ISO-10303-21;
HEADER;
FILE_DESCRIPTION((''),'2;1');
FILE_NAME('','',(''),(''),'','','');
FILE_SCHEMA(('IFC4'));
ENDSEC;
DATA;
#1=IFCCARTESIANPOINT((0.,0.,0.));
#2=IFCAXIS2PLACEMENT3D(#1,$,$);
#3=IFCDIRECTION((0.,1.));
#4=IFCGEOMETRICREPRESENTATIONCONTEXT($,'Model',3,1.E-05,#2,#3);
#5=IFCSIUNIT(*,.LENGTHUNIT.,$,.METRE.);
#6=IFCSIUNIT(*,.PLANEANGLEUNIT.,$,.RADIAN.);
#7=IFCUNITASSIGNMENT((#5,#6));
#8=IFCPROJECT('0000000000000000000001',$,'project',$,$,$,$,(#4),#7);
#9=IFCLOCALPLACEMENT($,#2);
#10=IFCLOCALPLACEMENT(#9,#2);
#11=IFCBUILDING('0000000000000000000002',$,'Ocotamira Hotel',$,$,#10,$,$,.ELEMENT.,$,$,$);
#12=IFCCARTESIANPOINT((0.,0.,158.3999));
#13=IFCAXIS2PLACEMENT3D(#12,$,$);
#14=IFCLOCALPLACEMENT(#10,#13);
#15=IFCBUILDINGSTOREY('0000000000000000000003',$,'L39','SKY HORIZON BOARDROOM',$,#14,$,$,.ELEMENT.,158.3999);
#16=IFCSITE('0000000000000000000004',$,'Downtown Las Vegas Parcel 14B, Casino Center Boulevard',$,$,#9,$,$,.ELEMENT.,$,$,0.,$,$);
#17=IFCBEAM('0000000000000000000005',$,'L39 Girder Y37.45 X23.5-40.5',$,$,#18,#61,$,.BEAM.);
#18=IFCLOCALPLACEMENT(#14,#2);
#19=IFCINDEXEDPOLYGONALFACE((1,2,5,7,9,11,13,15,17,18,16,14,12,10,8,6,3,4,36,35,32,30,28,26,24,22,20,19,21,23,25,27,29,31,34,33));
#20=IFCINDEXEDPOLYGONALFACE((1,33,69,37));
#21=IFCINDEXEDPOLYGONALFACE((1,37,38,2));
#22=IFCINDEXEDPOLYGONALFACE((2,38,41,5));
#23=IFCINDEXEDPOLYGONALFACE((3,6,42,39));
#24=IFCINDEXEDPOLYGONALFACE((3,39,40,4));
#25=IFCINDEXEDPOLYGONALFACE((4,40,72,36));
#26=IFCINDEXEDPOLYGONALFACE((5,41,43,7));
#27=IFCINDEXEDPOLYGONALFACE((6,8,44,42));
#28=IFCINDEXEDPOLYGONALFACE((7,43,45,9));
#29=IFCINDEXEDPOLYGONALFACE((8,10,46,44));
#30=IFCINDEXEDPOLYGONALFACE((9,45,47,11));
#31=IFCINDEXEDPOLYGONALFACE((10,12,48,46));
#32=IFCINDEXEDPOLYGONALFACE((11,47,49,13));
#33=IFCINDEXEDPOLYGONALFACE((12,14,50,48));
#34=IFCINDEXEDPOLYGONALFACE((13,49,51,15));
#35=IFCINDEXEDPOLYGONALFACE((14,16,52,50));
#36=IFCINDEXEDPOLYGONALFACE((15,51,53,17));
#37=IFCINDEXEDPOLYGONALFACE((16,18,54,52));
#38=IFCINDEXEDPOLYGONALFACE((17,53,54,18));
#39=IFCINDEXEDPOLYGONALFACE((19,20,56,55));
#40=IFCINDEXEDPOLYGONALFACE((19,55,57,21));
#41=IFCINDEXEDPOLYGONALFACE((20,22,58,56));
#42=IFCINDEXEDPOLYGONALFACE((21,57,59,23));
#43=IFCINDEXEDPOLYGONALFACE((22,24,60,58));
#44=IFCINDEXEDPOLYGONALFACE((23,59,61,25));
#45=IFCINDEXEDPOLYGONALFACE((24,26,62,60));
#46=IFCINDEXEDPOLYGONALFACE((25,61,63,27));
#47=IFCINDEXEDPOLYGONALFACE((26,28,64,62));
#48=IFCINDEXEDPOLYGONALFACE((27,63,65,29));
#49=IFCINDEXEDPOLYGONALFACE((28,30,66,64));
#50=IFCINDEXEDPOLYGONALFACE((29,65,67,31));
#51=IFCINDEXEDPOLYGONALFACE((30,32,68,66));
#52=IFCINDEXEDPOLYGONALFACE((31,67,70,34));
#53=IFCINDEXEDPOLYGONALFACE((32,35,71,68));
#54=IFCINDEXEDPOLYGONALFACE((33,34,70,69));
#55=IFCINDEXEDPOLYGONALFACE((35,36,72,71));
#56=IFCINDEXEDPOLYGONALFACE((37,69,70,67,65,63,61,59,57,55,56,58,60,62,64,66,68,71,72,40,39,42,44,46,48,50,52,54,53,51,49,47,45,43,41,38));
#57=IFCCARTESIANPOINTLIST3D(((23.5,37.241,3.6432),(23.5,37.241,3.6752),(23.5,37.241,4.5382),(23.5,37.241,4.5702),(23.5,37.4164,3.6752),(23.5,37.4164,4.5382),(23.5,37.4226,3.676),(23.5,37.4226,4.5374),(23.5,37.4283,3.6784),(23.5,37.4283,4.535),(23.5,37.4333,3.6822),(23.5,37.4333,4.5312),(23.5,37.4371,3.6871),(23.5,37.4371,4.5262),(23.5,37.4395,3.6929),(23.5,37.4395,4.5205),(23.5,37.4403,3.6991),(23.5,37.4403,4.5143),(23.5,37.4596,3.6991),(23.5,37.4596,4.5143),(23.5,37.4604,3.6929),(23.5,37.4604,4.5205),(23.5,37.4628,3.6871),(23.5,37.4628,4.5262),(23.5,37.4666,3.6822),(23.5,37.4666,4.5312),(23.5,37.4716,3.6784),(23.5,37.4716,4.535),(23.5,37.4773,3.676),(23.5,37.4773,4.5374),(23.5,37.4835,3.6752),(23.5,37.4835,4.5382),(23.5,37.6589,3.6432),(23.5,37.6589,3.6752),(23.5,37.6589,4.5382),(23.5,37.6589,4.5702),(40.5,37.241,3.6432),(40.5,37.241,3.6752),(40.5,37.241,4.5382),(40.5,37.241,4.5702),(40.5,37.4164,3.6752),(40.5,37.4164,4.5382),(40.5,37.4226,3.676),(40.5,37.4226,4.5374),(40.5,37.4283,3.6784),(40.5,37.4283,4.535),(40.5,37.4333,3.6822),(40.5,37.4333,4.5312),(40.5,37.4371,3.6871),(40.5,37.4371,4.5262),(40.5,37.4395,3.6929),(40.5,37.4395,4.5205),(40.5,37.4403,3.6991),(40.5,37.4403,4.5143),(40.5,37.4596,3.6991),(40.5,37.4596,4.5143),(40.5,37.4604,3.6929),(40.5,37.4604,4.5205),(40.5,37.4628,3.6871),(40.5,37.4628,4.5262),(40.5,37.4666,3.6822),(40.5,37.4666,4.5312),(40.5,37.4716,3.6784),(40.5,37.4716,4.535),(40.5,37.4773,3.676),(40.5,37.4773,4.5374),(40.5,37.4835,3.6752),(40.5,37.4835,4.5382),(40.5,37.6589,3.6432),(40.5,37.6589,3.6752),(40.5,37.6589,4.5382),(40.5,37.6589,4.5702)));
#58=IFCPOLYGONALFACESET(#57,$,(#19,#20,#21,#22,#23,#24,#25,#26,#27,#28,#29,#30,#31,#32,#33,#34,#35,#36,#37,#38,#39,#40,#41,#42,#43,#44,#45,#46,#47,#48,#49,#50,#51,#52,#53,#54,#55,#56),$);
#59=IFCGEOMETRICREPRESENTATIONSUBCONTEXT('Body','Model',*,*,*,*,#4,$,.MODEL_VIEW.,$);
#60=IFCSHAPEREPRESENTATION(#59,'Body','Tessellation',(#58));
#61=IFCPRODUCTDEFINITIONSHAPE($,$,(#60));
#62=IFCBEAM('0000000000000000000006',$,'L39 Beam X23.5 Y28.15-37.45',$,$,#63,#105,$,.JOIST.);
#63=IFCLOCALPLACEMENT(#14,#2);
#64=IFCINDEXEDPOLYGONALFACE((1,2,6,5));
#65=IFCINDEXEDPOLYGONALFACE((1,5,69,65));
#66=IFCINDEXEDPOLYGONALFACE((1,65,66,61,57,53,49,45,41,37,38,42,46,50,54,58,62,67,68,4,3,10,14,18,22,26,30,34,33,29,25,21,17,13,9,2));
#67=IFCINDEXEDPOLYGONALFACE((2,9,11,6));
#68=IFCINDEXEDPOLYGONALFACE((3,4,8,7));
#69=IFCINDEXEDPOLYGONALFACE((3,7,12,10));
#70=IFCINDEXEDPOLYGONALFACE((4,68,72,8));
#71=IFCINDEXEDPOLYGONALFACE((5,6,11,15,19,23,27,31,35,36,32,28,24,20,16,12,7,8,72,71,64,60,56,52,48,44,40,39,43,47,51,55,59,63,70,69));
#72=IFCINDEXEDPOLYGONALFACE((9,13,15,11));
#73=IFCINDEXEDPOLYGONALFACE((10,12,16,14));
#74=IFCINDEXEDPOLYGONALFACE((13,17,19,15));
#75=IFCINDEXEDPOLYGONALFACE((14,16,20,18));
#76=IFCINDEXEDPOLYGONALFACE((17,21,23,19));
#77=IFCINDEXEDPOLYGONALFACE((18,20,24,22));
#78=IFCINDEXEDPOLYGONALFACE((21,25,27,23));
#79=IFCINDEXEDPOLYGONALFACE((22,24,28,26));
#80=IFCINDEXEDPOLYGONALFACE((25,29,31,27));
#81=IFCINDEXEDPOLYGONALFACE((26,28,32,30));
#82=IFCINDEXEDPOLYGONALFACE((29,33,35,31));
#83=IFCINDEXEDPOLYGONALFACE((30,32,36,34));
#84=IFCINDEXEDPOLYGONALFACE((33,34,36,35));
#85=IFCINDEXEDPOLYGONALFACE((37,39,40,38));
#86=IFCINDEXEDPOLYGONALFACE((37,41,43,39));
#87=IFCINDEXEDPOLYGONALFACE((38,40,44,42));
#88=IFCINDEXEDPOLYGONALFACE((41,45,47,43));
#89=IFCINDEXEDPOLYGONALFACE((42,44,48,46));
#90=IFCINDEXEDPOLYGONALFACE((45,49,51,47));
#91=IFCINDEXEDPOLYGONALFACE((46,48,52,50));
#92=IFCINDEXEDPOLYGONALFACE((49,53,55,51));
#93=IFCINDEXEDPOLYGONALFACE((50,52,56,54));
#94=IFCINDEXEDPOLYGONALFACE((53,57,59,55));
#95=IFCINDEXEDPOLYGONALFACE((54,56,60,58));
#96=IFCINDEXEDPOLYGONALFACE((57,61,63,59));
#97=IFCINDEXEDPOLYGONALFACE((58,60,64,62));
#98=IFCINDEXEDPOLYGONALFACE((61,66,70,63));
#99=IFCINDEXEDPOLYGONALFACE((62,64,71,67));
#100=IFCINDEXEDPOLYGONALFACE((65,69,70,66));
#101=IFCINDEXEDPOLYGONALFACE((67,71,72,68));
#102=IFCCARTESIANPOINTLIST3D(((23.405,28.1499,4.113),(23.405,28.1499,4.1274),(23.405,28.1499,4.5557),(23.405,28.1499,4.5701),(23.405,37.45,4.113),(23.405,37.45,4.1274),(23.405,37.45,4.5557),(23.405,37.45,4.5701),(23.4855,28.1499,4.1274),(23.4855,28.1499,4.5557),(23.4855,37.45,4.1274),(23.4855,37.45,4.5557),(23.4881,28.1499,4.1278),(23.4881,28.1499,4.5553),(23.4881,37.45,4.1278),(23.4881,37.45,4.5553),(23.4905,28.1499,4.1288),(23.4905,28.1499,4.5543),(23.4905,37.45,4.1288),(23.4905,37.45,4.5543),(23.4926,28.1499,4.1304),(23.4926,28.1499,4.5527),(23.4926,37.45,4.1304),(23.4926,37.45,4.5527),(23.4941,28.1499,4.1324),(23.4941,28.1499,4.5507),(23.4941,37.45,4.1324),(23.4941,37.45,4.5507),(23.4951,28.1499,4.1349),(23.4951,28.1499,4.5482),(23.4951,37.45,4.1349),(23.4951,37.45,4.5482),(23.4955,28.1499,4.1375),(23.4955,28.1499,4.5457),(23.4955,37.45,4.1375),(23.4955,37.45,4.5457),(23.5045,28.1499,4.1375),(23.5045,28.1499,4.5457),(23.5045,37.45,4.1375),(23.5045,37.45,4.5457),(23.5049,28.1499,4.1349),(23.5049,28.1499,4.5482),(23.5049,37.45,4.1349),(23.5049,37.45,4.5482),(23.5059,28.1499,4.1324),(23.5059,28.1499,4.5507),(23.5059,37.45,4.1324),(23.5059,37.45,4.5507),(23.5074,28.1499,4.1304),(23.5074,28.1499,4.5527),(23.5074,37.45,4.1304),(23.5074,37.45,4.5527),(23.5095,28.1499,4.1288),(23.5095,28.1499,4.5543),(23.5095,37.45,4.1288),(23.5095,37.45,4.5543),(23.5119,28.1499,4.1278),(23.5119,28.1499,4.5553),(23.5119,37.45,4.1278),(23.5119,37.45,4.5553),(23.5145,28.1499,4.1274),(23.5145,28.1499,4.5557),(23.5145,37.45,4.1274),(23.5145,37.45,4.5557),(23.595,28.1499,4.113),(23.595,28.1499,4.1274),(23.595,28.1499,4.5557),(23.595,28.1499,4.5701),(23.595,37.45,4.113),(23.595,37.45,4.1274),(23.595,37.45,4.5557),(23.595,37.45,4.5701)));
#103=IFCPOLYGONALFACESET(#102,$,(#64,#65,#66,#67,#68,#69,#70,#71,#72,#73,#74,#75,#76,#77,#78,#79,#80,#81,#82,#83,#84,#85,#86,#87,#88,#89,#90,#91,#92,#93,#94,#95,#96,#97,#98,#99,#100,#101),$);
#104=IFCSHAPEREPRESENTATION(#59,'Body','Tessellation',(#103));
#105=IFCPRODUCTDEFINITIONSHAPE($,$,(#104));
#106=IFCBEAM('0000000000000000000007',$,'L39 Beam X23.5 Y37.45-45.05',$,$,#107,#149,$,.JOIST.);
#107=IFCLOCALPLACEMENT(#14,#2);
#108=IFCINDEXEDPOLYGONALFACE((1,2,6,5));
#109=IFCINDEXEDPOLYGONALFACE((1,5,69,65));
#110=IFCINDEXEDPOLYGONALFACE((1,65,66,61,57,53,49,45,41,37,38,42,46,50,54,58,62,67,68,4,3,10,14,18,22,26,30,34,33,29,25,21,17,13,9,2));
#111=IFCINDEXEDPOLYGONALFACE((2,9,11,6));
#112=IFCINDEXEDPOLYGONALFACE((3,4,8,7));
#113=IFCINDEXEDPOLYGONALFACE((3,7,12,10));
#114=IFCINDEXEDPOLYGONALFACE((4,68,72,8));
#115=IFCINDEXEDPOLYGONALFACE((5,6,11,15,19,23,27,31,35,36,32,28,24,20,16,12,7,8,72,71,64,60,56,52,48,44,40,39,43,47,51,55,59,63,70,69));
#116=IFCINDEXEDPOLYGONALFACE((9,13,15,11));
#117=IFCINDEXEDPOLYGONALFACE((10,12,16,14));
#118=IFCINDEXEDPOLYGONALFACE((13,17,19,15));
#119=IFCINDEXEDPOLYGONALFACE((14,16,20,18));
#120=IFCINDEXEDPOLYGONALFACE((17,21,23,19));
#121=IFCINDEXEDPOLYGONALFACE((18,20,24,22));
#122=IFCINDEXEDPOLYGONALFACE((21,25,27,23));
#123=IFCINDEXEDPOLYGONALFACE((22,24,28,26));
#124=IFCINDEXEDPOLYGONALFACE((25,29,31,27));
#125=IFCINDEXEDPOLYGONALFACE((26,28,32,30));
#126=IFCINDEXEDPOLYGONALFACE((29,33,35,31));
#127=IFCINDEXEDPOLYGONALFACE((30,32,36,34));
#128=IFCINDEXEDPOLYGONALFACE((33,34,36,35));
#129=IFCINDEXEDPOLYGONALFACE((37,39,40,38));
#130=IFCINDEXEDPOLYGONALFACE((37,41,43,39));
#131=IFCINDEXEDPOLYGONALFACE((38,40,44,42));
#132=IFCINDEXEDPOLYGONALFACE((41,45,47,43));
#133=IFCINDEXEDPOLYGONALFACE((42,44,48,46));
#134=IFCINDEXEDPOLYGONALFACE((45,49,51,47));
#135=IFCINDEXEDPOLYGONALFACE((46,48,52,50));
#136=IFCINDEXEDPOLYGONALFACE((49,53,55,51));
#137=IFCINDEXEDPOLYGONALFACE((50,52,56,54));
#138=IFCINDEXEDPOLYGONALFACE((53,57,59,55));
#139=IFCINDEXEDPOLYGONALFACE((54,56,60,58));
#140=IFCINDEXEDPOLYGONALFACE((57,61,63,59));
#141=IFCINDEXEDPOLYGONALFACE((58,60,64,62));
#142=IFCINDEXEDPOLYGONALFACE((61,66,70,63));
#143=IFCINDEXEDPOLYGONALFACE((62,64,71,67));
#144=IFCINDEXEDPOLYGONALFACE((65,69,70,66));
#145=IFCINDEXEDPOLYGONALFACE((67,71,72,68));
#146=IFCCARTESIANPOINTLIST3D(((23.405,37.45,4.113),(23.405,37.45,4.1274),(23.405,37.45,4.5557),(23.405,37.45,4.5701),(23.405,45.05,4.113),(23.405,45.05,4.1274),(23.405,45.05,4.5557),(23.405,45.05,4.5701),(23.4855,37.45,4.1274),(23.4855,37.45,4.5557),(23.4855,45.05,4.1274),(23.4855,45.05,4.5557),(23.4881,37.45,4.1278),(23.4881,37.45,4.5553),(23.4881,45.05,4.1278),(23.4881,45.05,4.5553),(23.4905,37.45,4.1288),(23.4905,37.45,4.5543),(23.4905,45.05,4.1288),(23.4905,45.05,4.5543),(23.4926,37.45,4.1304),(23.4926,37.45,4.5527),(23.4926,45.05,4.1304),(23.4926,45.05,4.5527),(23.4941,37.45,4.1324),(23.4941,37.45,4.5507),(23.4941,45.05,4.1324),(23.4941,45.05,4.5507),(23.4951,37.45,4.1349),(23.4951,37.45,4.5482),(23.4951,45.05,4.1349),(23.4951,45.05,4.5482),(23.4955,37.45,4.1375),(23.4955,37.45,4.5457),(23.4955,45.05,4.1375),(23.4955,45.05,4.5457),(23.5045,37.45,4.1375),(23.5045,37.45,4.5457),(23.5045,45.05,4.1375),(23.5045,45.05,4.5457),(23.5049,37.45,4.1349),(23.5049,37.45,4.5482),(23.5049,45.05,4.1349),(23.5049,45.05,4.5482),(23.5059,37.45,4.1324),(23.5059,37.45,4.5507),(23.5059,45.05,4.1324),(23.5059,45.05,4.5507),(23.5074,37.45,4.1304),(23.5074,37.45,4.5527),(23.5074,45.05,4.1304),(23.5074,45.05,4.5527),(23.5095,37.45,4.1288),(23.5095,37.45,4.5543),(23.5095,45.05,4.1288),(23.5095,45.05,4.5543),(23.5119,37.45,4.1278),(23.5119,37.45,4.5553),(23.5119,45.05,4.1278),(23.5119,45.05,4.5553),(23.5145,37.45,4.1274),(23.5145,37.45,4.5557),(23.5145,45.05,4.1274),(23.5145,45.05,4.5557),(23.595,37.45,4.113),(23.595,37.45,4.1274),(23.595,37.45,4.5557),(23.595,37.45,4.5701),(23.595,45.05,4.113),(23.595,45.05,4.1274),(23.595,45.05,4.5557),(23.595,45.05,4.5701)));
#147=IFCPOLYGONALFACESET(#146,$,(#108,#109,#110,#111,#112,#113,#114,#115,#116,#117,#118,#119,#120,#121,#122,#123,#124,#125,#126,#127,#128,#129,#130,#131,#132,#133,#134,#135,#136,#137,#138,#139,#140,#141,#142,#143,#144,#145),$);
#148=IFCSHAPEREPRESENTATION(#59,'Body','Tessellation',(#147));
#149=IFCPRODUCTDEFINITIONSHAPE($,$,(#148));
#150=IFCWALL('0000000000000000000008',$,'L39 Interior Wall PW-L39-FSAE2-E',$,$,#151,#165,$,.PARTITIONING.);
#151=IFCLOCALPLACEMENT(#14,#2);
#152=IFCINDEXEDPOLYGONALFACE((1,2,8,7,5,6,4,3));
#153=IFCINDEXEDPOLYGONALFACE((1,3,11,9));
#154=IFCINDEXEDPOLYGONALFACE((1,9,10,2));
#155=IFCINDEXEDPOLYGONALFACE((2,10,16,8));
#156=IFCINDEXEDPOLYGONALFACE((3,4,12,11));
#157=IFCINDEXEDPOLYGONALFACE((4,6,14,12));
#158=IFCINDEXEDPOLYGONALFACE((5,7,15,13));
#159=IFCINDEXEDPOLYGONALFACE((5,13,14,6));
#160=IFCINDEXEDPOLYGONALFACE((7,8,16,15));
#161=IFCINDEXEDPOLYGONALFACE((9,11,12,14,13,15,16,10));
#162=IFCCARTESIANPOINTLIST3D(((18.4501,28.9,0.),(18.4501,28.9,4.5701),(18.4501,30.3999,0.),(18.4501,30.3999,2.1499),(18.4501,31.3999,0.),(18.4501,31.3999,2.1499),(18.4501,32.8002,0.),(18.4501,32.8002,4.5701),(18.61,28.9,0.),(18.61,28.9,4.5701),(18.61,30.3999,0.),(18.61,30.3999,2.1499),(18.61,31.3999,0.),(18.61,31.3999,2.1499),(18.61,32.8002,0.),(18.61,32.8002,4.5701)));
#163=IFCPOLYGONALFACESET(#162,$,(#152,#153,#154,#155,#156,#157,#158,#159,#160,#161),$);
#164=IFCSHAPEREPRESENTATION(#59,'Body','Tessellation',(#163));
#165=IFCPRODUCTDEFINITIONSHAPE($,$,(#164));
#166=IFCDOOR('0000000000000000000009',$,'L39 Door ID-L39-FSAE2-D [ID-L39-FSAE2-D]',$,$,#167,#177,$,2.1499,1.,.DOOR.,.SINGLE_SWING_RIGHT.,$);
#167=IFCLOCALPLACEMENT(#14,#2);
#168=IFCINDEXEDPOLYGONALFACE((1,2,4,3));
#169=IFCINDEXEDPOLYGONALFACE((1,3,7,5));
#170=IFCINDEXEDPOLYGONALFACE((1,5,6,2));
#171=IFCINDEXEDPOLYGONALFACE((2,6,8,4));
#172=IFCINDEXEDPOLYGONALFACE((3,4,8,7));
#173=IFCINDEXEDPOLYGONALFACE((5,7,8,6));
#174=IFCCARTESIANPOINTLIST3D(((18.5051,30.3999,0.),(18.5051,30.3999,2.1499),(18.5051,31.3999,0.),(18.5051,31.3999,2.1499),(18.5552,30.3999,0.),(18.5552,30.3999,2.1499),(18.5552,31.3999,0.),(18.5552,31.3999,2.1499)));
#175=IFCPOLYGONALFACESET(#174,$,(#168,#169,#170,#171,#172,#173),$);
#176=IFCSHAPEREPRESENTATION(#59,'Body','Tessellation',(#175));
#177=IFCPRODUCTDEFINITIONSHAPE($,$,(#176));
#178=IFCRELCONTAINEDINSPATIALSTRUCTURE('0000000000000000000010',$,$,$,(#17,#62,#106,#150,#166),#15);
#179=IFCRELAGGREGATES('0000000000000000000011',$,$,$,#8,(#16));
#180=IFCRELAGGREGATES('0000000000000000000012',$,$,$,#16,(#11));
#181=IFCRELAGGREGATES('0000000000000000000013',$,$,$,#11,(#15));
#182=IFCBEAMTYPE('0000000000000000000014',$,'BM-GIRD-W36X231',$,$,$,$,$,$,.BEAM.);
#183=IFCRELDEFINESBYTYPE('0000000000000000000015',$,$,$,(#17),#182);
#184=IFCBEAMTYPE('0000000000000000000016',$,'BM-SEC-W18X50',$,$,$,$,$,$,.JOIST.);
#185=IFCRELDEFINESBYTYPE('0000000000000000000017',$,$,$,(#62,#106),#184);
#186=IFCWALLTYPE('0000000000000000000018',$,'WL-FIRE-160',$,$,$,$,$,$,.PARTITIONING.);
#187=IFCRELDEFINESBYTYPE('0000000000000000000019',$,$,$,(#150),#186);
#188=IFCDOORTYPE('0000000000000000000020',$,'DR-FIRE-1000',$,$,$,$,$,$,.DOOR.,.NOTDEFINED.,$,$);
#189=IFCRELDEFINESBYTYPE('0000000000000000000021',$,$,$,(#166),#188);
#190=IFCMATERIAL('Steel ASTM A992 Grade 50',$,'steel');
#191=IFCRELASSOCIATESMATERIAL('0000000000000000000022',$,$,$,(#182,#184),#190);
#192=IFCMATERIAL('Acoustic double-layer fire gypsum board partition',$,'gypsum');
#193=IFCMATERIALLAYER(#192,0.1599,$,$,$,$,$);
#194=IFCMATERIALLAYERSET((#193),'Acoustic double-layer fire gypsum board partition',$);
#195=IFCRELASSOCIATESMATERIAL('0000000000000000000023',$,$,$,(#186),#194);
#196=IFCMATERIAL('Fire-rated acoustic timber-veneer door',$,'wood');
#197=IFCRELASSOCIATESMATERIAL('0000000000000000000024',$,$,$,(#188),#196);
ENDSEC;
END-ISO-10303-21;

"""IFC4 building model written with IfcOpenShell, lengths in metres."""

from ifc_helpers import new_model, si_unit, direction, frame, frame_2d, origin, origin_2d, place, context, subcontext, project, spatial, rectangle, i_section, extrude, source, transform, mapped, material, layer, layer_set, material_profile, profile_set, type_object, element, fill, save


model = new_model("IFC4")

# Units and contexts
model_context = context("Model", 3, precision=1e-05, world=origin(), true_north=direction((0.0, 1.0)))
body_context = subcontext(model_context, "Body", "Model", "MODEL_VIEW")
ifc_project = project(units=[si_unit("LENGTHUNIT", "METRE"), si_unit("PLANEANGLEUNIT", "RADIAN")], contexts=[model_context])

# Site, building, storey
site_placement = place(None, origin())
site = spatial("IfcSite", under=ifc_project, at=site_placement, Name="Downtown Las Vegas Parcel 14B, Casino Center Boulevard", CompositionType="ELEMENT", RefElevation=0.0)
building_placement = place(site_placement, origin())
building = spatial("IfcBuilding", under=site, at=building_placement, Name="Ocotamira Hotel", CompositionType="ELEMENT")
storey_placement = place(building_placement, frame((0.0, 0.0, 158.3999)))
storey = spatial("IfcBuildingStorey", under=building, at=storey_placement, Name="L39", Description="SKY HORIZON BOARDROOM", CompositionType="ELEMENT", Elevation=158.3999)

# Beams
ifc_material_1 = material(Name="Steel ASTM A992 Grade 50", Category="steel")
ifc_material_profile_1 = material_profile(ifc_material_1, i_section(OverallWidth=0.418, OverallDepth=0.927, WebThickness=0.0193, FlangeThickness=0.032, FilletRadius=0.0239, at=origin_2d()), Name="W36X231")
ifc_profile_set_1 = profile_set([ifc_material_profile_1], Name="Steel ASTM A992 Grade 50")
beam_type_1 = type_object("IfcBeamType", Name="BM-GIRD-W36X231", PredefinedType="BEAM", material=ifc_profile_set_1)
shared_shape_1 = source(origin(), body_context, "Body", "SweptSolid", [
    extrude(i_section(OverallWidth=0.418, OverallDepth=0.927, WebThickness=0.0193, FlangeThickness=0.032, FilletRadius=0.0239, at=origin_2d()), origin(), (0.0, 0.0, 1.0), 17.0),
])
for number, where, z_axis, x_axis, name in (
    (1, (23.5, 37.45, 4.1067), (1.0, 0.0, 0.0), (0.0, 1.0, 0.0), "L39 Girder Y37.45 X23.5-40.5"),
):
    element("IfcBeam", number, at=place(storey_placement, frame(where, z_axis=z_axis, x_axis=x_axis)), inside=storey, type_object=beam_type_1, Name=name, PredefinedType="BEAM", context=body_context, shape_type="MappedRepresentation", body=[
        mapped(shared_shape_1, transform((0.0, 0.0, 0.0), scale=1.0)),
    ])
ifc_material_profile_2 = material_profile(ifc_material_1, i_section(OverallWidth=0.1899, OverallDepth=0.457, WebThickness=0.009, FlangeThickness=0.0144, FilletRadius=0.01, at=origin_2d()), Name="W18X50")
ifc_profile_set_2 = profile_set([ifc_material_profile_2], Name="Steel ASTM A992 Grade 50")
beam_type_2 = type_object("IfcBeamType", Name="BM-SEC-W18X50", PredefinedType="JOIST", material=ifc_profile_set_2)
shared_shape_2 = source(origin(), body_context, "Body", "SweptSolid", [
    extrude(i_section(OverallWidth=0.1899, OverallDepth=0.457, WebThickness=0.009, FlangeThickness=0.0144, FilletRadius=0.01, at=origin_2d()), origin(), (0.0, 0.0, 1.0), 9.3),
])
beam_1_placement = place(storey_placement, frame((23.5, 28.1499, 4.3416), z_axis=(0.0, 1.0, 0.0), x_axis=(-1.0, 0.0, 0.0)))
element("IfcBeam", 2, at=beam_1_placement, inside=storey, type_object=beam_type_2, Name="L39 Beam X23.5 Y28.15-37.45", PredefinedType="JOIST", context=body_context, shape_type="MappedRepresentation", body=[
    mapped(shared_shape_2, transform((0.0, 0.0, 0.0), scale=1.0)),
])
shared_shape_3 = source(origin(), body_context, "Body", "SweptSolid", [
    extrude(i_section(OverallWidth=0.1899, OverallDepth=0.457, WebThickness=0.009, FlangeThickness=0.0144, FilletRadius=0.01, at=origin_2d()), origin(), (0.0, 0.0, 1.0), 7.6001),
])
beam_2_placement = place(storey_placement, frame((23.5, 37.45, 4.3416), z_axis=(0.0, 1.0, 0.0), x_axis=(-1.0, 0.0, 0.0)))
element("IfcBeam", 3, at=beam_2_placement, inside=storey, type_object=beam_type_2, Name="L39 Beam X23.5 Y37.45-45.05", PredefinedType="JOIST", context=body_context, shape_type="MappedRepresentation", body=[
    mapped(shared_shape_3, transform((0.0, 0.0, 0.0), scale=1.0)),
])

# Wall, opening, door
ifc_material_2 = material(Name="Acoustic double-layer fire gypsum board partition", Category="gypsum")
ifc_layer_1 = layer(ifc_material_2, 0.1599)
ifc_layer_set_1 = layer_set([ifc_layer_1], Name="Acoustic double-layer fire gypsum board partition")
wall_type_1 = type_object("IfcWallType", Name="WL-FIRE-160", PredefinedType="PARTITIONING", material=ifc_layer_set_1)
wall_1_placement = place(storey_placement, frame((18.53, 28.8999, 0.0), z_axis=(0.0, 0.0, 1.0), x_axis=(0.0, 1.0, 0.0)))
wall_1 = element("IfcWall", 4, at=wall_1_placement, inside=storey, type_object=wall_type_1, Name="L39 Interior Wall PW-L39-FSAE2-E", PredefinedType="PARTITIONING", context=body_context, shape_type="SweptSolid", body=[
    extrude(rectangle(XDim=3.9001, YDim=0.1599, at=frame_2d((1.9502, 0.0))), origin(), (0.0, 0.0, 1.0), 4.5701),
])
opening_1_placement = place(wall_1_placement, frame((1.5, 0.0, 0.0)))
opening_1 = element("IfcOpeningElement", 5, at=opening_1_placement, cuts=wall_1, PredefinedType="OPENING", context=body_context, shape_type="SweptSolid", body=[
    extrude(rectangle(XDim=1.0, YDim=2.1499, at=frame_2d((0.5, 1.075))), frame((0.0, 0.0898, 0.0), z_axis=(0.0, -1.0, 0.0), x_axis=(1.0, 0.0, 0.0)), (0.0, 0.0, 1.0), 0.1799),
])
ifc_material_3 = material(Name="Fire-rated acoustic timber-veneer door", Category="wood")
door_type_1 = type_object("IfcDoorType", Name="DR-FIRE-1000", OperationType="NOTDEFINED", PredefinedType="DOOR", material=ifc_material_3)
shared_shape_4 = source(origin(), body_context, "Body", "SweptSolid", [
    extrude(rectangle(XDim=1.0, YDim=2.1499, at=frame_2d((0.5, 1.075))), frame((0.0, 0.0249, 0.0), z_axis=(0.0, -1.0, 0.0), x_axis=(1.0, 0.0, 0.0)), (0.0, 0.0, 1.0), 0.05),
])
door_1_placement = place(opening_1_placement, origin())
door_1 = element("IfcDoor", 6, at=door_1_placement, inside=storey, type_object=door_type_1, Name="L39 Door ID-L39-FSAE2-D [ID-L39-FSAE2-D]", OperationType="SINGLE_SWING_RIGHT", OverallHeight=2.1499, OverallWidth=1.0, PredefinedType="DOOR", context=body_context, shape_type="MappedRepresentation", body=[
    mapped(shared_shape_4, transform((0.0, 0.0, 0.0), scale=1.0)),
])
fill(opening_1, door_1)

save(model, "model.ifc")
